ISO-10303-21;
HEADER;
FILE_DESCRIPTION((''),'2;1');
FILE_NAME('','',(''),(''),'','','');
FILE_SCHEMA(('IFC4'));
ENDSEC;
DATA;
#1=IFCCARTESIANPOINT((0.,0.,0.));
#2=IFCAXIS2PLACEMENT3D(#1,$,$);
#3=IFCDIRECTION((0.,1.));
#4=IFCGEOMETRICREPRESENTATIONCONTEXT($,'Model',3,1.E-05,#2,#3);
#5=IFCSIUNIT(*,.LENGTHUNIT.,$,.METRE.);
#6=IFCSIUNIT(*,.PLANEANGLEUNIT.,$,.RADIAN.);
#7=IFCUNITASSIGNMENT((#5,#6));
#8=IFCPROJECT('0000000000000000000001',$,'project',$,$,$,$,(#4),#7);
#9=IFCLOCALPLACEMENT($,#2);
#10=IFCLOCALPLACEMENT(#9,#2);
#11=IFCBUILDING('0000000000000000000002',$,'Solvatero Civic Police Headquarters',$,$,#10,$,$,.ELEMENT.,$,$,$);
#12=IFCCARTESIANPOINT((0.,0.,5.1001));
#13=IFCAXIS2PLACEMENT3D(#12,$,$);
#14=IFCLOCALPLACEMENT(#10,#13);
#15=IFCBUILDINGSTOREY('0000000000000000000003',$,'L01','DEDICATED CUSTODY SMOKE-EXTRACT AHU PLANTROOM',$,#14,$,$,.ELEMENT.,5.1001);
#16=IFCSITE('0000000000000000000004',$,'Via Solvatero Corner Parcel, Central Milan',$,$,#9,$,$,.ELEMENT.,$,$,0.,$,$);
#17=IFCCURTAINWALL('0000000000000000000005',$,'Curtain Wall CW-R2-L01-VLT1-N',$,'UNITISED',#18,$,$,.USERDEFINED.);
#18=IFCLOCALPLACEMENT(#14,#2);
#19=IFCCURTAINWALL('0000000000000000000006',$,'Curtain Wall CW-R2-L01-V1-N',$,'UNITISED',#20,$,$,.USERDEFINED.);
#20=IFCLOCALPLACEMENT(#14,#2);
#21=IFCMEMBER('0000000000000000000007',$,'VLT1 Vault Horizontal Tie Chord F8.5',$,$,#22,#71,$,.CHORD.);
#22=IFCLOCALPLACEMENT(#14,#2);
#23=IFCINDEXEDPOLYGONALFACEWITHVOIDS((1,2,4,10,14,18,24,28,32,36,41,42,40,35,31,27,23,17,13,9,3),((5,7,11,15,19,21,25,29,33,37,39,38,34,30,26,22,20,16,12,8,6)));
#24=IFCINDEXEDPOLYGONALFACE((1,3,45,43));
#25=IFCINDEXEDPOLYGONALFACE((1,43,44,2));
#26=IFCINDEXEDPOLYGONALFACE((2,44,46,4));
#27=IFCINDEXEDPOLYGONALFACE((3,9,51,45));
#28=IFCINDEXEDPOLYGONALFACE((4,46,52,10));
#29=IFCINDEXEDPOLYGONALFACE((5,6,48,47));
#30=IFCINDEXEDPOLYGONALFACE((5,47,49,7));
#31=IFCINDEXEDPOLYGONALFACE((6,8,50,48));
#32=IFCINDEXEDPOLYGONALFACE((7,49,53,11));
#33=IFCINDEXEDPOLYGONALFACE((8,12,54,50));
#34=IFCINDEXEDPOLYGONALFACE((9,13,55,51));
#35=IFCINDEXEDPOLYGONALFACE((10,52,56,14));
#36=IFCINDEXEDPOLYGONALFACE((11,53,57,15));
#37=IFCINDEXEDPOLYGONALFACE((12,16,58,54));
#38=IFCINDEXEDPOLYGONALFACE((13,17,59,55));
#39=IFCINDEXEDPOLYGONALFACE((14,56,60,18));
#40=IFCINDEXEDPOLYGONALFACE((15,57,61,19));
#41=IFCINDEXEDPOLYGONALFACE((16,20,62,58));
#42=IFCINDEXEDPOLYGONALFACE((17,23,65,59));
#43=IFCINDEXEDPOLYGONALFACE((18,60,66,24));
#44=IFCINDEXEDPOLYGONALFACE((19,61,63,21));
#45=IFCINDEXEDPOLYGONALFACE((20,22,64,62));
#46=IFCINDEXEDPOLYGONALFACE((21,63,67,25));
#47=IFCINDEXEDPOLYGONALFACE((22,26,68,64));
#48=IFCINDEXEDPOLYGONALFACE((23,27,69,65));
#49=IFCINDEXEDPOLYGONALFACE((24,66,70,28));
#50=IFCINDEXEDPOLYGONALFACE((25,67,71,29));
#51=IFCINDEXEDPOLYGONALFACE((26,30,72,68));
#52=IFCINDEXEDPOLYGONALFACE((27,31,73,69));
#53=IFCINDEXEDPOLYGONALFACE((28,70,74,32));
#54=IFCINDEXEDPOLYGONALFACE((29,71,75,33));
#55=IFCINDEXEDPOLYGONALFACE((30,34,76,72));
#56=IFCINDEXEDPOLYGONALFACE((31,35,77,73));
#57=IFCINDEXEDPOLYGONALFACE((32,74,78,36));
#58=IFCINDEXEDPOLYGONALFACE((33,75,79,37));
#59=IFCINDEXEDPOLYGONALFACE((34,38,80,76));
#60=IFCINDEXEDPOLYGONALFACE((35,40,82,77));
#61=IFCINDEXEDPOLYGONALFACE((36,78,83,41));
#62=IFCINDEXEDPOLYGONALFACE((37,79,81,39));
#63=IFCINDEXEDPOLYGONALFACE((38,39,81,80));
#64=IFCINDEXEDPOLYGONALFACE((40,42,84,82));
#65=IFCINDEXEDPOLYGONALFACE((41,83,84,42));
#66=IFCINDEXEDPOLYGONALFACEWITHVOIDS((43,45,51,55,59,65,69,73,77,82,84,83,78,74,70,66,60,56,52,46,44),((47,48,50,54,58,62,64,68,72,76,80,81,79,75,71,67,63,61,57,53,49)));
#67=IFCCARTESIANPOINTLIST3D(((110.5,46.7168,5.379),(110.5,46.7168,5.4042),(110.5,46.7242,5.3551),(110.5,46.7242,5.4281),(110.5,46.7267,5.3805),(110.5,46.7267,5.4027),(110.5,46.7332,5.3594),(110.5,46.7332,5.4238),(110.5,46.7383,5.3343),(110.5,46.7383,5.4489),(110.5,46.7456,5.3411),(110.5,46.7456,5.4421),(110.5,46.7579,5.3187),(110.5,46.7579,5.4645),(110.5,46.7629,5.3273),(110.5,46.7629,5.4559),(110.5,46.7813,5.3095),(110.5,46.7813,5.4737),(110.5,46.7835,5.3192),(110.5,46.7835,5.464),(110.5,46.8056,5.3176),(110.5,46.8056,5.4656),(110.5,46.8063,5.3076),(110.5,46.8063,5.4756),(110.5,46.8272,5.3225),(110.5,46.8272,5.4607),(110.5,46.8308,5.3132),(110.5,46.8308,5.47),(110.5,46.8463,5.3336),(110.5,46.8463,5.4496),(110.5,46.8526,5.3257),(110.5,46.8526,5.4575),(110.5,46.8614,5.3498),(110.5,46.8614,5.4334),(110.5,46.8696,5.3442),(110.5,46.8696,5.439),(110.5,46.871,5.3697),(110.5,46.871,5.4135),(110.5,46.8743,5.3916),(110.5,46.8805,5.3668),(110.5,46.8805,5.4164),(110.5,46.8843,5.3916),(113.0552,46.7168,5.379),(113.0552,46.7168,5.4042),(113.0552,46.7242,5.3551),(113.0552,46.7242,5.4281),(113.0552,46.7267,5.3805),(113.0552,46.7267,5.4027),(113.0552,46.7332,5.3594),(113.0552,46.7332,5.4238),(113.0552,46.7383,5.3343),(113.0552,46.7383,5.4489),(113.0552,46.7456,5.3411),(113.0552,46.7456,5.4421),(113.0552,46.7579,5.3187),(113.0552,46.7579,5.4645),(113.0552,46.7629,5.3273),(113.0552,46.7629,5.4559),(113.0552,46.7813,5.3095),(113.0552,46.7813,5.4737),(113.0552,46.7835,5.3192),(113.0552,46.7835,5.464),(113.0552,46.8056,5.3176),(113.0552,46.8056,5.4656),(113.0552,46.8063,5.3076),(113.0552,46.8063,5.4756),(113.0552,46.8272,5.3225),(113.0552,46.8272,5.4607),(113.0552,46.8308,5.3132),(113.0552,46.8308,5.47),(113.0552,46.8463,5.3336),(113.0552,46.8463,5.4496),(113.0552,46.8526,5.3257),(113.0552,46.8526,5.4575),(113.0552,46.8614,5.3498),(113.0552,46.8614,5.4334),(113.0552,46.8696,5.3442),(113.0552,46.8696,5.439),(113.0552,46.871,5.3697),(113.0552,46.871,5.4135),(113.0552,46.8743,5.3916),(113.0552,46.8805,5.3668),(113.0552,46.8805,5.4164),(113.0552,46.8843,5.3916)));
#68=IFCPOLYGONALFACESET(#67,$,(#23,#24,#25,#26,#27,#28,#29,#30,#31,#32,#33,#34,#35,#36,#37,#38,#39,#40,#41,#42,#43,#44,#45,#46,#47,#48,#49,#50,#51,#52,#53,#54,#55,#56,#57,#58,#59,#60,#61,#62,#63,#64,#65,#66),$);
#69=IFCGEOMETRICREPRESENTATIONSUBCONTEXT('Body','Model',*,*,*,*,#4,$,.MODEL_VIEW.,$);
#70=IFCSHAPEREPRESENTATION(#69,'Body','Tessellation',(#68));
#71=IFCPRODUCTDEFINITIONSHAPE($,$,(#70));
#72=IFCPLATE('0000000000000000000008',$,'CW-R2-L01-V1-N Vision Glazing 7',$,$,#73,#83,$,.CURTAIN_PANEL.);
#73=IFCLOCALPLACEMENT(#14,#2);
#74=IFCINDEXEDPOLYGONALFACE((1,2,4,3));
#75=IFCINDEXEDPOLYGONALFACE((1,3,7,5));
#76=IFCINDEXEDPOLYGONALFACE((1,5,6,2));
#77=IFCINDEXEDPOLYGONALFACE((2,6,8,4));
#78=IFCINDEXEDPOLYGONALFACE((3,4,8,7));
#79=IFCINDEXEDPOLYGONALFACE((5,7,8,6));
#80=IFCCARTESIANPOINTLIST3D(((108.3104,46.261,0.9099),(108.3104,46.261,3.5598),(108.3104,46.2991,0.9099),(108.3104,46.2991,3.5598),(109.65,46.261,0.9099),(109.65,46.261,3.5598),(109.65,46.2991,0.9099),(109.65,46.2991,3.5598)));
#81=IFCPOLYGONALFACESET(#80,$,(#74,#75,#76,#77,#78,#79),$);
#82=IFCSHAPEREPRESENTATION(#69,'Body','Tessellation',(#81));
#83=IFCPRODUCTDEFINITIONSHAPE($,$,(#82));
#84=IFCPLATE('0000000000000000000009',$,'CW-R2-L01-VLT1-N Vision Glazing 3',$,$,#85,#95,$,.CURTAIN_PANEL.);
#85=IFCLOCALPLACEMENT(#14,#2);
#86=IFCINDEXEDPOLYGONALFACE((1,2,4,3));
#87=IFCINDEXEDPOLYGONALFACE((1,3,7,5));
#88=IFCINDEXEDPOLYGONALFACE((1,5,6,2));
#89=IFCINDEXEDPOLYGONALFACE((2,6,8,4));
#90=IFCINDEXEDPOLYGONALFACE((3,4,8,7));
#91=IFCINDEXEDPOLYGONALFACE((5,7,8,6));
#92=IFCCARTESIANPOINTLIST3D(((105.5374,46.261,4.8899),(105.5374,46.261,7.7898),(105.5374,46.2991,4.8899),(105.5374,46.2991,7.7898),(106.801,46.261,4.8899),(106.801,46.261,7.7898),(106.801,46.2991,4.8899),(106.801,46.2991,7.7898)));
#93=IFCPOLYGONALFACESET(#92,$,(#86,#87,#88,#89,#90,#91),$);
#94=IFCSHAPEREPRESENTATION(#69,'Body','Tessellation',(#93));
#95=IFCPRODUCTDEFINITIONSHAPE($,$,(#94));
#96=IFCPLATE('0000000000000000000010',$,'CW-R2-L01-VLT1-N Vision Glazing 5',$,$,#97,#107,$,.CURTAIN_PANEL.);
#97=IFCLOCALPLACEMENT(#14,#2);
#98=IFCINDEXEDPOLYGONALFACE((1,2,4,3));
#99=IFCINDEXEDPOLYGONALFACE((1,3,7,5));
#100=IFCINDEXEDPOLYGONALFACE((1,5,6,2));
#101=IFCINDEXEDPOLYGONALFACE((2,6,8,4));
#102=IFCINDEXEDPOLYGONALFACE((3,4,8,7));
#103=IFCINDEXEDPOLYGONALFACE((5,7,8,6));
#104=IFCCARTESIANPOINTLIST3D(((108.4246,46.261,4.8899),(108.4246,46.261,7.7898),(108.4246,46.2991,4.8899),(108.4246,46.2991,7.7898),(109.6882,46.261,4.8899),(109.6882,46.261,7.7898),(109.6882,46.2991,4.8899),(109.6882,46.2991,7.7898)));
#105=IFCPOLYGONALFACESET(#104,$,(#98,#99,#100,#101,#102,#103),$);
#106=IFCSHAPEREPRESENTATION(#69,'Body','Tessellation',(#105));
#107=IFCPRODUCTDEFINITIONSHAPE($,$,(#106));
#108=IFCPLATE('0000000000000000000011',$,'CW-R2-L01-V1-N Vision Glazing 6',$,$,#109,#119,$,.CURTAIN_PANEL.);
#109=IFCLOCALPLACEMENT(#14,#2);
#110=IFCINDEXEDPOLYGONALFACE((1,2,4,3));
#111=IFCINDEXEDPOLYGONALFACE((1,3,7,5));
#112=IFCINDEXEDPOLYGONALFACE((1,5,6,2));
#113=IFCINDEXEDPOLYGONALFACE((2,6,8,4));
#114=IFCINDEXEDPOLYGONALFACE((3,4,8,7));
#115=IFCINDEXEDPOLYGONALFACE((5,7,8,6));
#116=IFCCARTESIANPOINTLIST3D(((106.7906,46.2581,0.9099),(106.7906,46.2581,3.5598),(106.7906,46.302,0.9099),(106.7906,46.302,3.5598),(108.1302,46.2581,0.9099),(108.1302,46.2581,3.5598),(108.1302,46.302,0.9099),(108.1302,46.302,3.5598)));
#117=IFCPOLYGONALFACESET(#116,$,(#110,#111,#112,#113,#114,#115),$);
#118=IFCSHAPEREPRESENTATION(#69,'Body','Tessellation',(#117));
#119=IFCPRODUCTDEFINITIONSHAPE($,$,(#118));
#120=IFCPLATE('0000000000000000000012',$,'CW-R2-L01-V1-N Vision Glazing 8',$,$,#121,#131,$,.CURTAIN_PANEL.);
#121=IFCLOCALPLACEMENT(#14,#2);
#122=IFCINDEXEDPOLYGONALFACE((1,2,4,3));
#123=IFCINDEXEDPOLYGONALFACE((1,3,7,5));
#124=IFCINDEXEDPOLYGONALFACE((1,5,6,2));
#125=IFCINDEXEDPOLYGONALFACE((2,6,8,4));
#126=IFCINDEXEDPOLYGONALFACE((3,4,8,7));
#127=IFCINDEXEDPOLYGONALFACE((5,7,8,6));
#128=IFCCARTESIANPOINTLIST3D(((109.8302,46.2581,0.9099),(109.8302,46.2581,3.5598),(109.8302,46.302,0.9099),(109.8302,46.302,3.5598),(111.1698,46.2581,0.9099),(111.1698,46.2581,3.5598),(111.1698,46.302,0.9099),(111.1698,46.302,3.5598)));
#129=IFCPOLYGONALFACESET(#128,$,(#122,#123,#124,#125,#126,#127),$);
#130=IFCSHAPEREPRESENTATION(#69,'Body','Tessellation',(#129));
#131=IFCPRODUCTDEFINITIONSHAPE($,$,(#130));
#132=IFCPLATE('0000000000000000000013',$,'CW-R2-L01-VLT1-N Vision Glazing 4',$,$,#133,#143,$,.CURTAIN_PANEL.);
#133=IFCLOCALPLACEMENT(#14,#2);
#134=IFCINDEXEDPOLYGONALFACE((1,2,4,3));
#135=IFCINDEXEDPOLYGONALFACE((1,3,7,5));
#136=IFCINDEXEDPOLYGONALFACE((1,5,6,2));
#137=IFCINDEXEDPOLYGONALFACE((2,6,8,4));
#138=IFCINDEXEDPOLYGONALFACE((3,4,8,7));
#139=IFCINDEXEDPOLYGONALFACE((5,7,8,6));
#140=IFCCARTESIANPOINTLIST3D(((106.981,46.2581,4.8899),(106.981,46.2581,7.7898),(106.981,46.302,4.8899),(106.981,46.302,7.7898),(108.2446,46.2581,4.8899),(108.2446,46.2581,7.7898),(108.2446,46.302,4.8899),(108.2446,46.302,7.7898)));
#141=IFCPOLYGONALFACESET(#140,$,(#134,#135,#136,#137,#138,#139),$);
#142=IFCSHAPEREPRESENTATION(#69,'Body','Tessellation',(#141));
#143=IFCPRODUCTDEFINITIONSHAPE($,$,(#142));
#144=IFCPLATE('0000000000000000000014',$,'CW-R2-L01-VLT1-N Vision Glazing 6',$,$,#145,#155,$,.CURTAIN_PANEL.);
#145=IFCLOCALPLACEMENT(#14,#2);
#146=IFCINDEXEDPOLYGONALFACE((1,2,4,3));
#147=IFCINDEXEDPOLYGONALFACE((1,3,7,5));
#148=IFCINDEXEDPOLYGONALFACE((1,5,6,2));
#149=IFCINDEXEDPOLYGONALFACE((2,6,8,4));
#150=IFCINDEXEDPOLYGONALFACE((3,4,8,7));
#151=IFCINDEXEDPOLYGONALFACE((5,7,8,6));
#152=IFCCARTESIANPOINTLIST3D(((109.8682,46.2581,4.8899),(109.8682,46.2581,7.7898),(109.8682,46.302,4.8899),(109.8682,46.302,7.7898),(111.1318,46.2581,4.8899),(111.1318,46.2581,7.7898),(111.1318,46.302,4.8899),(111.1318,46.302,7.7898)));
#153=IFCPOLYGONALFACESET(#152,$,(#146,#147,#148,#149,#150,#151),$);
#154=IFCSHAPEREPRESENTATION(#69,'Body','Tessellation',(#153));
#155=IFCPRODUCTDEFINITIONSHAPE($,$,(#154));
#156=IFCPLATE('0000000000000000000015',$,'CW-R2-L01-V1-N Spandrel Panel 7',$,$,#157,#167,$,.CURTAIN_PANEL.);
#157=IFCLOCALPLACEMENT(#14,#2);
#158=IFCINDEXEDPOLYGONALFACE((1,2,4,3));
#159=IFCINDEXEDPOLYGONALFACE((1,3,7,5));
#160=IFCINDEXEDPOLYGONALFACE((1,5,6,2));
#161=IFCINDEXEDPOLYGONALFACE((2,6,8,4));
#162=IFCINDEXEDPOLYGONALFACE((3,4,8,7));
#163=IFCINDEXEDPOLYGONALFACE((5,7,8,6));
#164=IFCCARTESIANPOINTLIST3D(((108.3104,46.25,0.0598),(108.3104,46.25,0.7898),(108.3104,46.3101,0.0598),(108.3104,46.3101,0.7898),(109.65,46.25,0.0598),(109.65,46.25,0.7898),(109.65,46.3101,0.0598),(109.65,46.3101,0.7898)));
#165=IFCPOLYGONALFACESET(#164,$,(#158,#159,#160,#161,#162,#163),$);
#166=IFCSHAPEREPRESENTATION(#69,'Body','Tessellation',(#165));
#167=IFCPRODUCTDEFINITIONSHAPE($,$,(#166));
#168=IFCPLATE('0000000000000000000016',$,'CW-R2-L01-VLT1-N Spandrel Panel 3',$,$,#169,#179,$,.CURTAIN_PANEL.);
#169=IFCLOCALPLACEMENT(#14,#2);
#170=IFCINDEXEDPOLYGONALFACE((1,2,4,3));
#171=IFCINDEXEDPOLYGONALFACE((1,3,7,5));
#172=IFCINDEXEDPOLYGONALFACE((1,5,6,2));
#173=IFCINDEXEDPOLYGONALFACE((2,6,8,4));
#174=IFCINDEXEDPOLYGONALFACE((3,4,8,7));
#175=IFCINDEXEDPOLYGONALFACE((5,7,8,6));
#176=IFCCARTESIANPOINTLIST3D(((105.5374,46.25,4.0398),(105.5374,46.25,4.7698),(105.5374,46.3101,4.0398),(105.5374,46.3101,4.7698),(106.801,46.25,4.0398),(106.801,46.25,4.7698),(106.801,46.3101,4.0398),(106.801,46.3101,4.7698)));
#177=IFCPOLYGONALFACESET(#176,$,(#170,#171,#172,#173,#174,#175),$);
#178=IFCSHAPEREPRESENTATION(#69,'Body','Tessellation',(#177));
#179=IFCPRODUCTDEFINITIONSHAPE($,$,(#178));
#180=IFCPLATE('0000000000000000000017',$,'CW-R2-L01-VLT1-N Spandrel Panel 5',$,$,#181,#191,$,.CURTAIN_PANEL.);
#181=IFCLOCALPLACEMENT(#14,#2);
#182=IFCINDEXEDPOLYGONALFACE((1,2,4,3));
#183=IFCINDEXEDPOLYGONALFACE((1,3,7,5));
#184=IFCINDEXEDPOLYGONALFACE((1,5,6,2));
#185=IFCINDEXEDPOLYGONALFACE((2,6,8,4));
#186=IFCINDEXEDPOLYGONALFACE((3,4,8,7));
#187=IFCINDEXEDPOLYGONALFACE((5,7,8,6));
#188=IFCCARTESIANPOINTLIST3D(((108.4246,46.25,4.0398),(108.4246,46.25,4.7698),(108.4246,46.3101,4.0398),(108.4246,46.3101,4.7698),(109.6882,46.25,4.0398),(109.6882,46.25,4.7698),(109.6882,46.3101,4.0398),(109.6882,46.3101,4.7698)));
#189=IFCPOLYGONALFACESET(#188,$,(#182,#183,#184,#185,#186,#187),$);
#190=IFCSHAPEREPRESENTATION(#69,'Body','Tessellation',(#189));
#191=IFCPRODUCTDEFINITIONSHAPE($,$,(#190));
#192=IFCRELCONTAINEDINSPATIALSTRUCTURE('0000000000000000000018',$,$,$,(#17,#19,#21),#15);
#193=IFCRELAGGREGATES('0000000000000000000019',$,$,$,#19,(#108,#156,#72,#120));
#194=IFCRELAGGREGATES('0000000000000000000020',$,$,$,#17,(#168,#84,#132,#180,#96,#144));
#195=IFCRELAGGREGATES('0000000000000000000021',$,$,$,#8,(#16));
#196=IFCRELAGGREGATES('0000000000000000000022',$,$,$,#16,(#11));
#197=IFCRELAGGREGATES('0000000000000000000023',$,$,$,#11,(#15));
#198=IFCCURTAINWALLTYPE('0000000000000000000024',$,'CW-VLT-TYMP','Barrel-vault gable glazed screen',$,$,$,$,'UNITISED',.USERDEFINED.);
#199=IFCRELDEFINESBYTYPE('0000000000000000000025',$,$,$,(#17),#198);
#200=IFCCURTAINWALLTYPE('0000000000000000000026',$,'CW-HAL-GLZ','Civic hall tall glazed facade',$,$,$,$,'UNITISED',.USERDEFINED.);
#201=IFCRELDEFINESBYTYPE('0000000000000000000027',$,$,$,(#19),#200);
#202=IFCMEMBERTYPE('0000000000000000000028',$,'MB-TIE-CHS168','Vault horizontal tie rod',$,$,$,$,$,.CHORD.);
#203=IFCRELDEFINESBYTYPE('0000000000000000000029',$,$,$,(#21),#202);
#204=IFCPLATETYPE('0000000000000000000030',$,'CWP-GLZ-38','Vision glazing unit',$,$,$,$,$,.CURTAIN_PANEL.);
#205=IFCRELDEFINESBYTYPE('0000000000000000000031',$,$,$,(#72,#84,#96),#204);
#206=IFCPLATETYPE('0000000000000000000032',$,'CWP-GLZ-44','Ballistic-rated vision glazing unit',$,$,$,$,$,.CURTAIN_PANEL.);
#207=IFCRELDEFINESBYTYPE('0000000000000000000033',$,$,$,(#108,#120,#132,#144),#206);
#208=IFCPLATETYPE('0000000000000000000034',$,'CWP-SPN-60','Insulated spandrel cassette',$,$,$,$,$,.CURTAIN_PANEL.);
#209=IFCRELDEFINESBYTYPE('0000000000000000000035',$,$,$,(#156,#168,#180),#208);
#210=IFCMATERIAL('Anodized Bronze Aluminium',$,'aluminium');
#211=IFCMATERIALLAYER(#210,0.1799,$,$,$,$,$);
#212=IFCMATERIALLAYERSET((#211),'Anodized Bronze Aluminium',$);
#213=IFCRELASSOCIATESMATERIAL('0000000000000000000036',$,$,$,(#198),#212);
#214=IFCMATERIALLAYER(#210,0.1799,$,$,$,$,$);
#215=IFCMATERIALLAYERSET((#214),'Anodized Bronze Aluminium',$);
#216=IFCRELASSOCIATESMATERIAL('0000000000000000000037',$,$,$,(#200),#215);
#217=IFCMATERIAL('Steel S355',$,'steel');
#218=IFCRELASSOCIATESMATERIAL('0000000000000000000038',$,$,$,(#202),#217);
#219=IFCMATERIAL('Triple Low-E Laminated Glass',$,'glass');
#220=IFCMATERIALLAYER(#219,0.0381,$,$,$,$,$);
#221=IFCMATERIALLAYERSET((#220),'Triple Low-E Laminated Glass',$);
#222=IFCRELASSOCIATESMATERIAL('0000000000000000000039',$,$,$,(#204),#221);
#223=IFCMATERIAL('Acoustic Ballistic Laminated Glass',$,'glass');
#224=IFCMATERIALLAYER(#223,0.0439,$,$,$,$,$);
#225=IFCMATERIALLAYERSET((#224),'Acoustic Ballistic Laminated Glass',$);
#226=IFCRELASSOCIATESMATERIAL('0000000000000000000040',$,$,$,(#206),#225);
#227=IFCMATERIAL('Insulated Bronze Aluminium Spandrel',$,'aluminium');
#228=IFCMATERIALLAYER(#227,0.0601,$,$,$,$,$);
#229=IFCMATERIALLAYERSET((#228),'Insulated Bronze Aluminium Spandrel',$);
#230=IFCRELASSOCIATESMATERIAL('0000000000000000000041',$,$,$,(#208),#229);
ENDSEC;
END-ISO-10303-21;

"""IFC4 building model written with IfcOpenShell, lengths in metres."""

from ifc_helpers import new_model, si_unit, direction, frame, origin, origin_2d, place, context, subcontext, project, spatial, rectangle, hollow_circle, extrude, material, layer, layer_set, material_profile, profile_set, type_object, element, aggregate, save


model = new_model("IFC4")

# Units and contexts
model_context = context("Model", 3, precision=1e-05, world=origin(), true_north=direction((0.0, 1.0)))
body_context = subcontext(model_context, "Body", "Model", "MODEL_VIEW")
ifc_project = project(units=[si_unit("LENGTHUNIT", "METRE"), si_unit("PLANEANGLEUNIT", "RADIAN")], contexts=[model_context])

# Site, building, storey
site_placement = place(None, origin())
site = spatial("IfcSite", under=ifc_project, at=site_placement, Name="Via Solvatero Corner Parcel, Central Milan", CompositionType="ELEMENT", RefElevation=0.0)
building_placement = place(site_placement, origin())
building = spatial("IfcBuilding", under=site, at=building_placement, Name="Solvatero Civic Police Headquarters", CompositionType="ELEMENT")
storey_placement = place(building_placement, frame((0.0, 0.0, 5.1001)))
storey = spatial("IfcBuildingStorey", under=building, at=storey_placement, Name="L01", Description="DEDICATED CUSTODY SMOKE-EXTRACT AHU PLANTROOM", CompositionType="ELEMENT", Elevation=5.1001)

# Shared definitions
ifc_material_1 = material(Name="Steel S355", Category="steel")

# Curtain walls
ifc_material_2 = material(Name="Anodized Bronze Aluminium", Category="aluminium")
ifc_layer_1 = layer(ifc_material_2, 0.1799)
ifc_layer_set_1 = layer_set([ifc_layer_1], Name="Anodized Bronze Aluminium")
curtain_wall_type_1 = type_object("IfcCurtainWallType", Name="CW-VLT-TYMP", Description="Barrel-vault gable glazed screen", ElementType="UNITISED", PredefinedType="USERDEFINED", material=ifc_layer_set_1)
curtain_wall_1_placement = place(storey_placement, origin())
curtain_wall_1 = element("IfcCurtainWall", 1, at=curtain_wall_1_placement, inside=storey, type_object=curtain_wall_type_1, Name="Curtain Wall CW-R2-L01-VLT1-N", ObjectType="UNITISED", PredefinedType="USERDEFINED")
ifc_layer_2 = layer(ifc_material_2, 0.1799)
ifc_layer_set_2 = layer_set([ifc_layer_2], Name="Anodized Bronze Aluminium")
curtain_wall_type_2 = type_object("IfcCurtainWallType", Name="CW-HAL-GLZ", Description="Civic hall tall glazed facade", ElementType="UNITISED", PredefinedType="USERDEFINED", material=ifc_layer_set_2)
curtain_wall_2_placement = place(storey_placement, origin())
curtain_wall_2 = element("IfcCurtainWall", 2, at=curtain_wall_2_placement, inside=storey, type_object=curtain_wall_type_2, Name="Curtain Wall CW-R2-L01-V1-N", ObjectType="UNITISED", PredefinedType="USERDEFINED")

# Member
ifc_material_profile_1 = material_profile(ifc_material_1, hollow_circle(Radius=0.0842, WallThickness=0.01, at=origin_2d()), Name="CHS 168.3x10.0")
ifc_profile_set_1 = profile_set([ifc_material_profile_1], Name="Steel S355")
member_type_1 = type_object("IfcMemberType", Name="MB-TIE-CHS168", Description="Vault horizontal tie rod", PredefinedType="CHORD", material=ifc_profile_set_1)
for number, where, z_axis, x_axis, name in (
    (3, (110.5, 46.8, 5.3916), (1.0, 0.0, 0.0), (0.0, 1.0, 0.0), "VLT1 Vault Horizontal Tie Chord F8.5"),
):
    element("IfcMember", number, at=place(storey_placement, frame(where, z_axis=z_axis, x_axis=x_axis)), inside=storey, type_object=member_type_1, Name=name, PredefinedType="CHORD", context=body_context, shape_type="SweptSolid", body=[
        extrude(hollow_circle(Radius=0.0842, WallThickness=0.01, at=origin_2d()), origin(), (0.0, 0.0, 1.0), 2.5552),
    ])

# Plates
ifc_material_3 = material(Name="Triple Low-E Laminated Glass", Category="glass")
ifc_layer_3 = layer(ifc_material_3, 0.0381)
ifc_layer_set_3 = layer_set([ifc_layer_3], Name="Triple Low-E Laminated Glass")
plate_type_1 = type_object("IfcPlateType", Name="CWP-GLZ-38", Description="Vision glazing unit", PredefinedType="CURTAIN_PANEL", material=ifc_layer_set_3)
plate_1_placement = place(storey_placement, frame((108.9802, 46.28, 0.9099), z_axis=(0.0, 0.0, 1.0), x_axis=(1.0, 0.0, 0.0)))
plate_1 = element("IfcPlate", 4, at=plate_1_placement, type_object=plate_type_1, Name="CW-R2-L01-V1-N Vision Glazing 7", PredefinedType="CURTAIN_PANEL", context=body_context, shape_type="SweptSolid", body=[
    extrude(rectangle(XDim=1.3396, YDim=0.0381, at=origin_2d()), origin(), (0.0, 0.0, 1.0), 2.6499),
])
plate_2_placement = place(storey_placement, frame((106.1692, 46.28, 4.8899), z_axis=(0.0, 0.0, 1.0), x_axis=(1.0, 0.0, 0.0)))
plate_2 = element("IfcPlate", 5, at=plate_2_placement, type_object=plate_type_1, Name="CW-R2-L01-VLT1-N Vision Glazing 3", PredefinedType="CURTAIN_PANEL", context=body_context, shape_type="SweptSolid", body=[
    extrude(rectangle(XDim=1.2637, YDim=0.0381, at=origin_2d()), origin(), (0.0, 0.0, 1.0), 2.8999),
])
plate_3_placement = place(storey_placement, frame((109.0564, 46.28, 4.8899), z_axis=(0.0, 0.0, 1.0), x_axis=(1.0, 0.0, 0.0)))
plate_3 = element("IfcPlate", 6, at=plate_3_placement, type_object=plate_type_1, Name="CW-R2-L01-VLT1-N Vision Glazing 5", PredefinedType="CURTAIN_PANEL", context=body_context, shape_type="SweptSolid", body=[
    extrude(rectangle(XDim=1.2637, YDim=0.0381, at=origin_2d()), origin(), (0.0, 0.0, 1.0), 2.8999),
])
ifc_material_4 = material(Name="Acoustic Ballistic Laminated Glass", Category="glass")
ifc_layer_4 = layer(ifc_material_4, 0.0439)
ifc_layer_set_4 = layer_set([ifc_layer_4], Name="Acoustic Ballistic Laminated Glass")
plate_type_2 = type_object("IfcPlateType", Name="CWP-GLZ-44", Description="Ballistic-rated vision glazing unit", PredefinedType="CURTAIN_PANEL", material=ifc_layer_set_4)
plate_4_placement = place(storey_placement, frame((107.4604, 46.28, 0.9099), z_axis=(0.0, 0.0, 1.0), x_axis=(1.0, 0.0, 0.0)))
plate_4 = element("IfcPlate", 7, at=plate_4_placement, type_object=plate_type_2, Name="CW-R2-L01-V1-N Vision Glazing 6", PredefinedType="CURTAIN_PANEL", context=body_context, shape_type="SweptSolid", body=[
    extrude(rectangle(XDim=1.3396, YDim=0.0439, at=origin_2d()), origin(), (0.0, 0.0, 1.0), 2.6499),
])
plate_5_placement = place(storey_placement, frame((110.5, 46.28, 0.9099), z_axis=(0.0, 0.0, 1.0), x_axis=(1.0, 0.0, 0.0)))
plate_5 = element("IfcPlate", 8, at=plate_5_placement, type_object=plate_type_2, Name="CW-R2-L01-V1-N Vision Glazing 8", PredefinedType="CURTAIN_PANEL", context=body_context, shape_type="SweptSolid", body=[
    extrude(rectangle(XDim=1.3396, YDim=0.0439, at=origin_2d()), origin(), (0.0, 0.0, 1.0), 2.6499),
])
plate_6_placement = place(storey_placement, frame((107.6128, 46.28, 4.8899), z_axis=(0.0, 0.0, 1.0), x_axis=(1.0, 0.0, 0.0)))
plate_6 = element("IfcPlate", 9, at=plate_6_placement, type_object=plate_type_2, Name="CW-R2-L01-VLT1-N Vision Glazing 4", PredefinedType="CURTAIN_PANEL", context=body_context, shape_type="SweptSolid", body=[
    extrude(rectangle(XDim=1.2637, YDim=0.0439, at=origin_2d()), origin(), (0.0, 0.0, 1.0), 2.8999),
])
plate_7_placement = place(storey_placement, frame((110.5, 46.28, 4.8899), z_axis=(0.0, 0.0, 1.0), x_axis=(1.0, 0.0, 0.0)))
plate_7 = element("IfcPlate", 10, at=plate_7_placement, type_object=plate_type_2, Name="CW-R2-L01-VLT1-N Vision Glazing 6", PredefinedType="CURTAIN_PANEL", context=body_context, shape_type="SweptSolid", body=[
    extrude(rectangle(XDim=1.2637, YDim=0.0439, at=origin_2d()), origin(), (0.0, 0.0, 1.0), 2.8999),
])
ifc_material_5 = material(Name="Insulated Bronze Aluminium Spandrel", Category="aluminium")
ifc_layer_5 = layer(ifc_material_5, 0.0601)
ifc_layer_set_5 = layer_set([ifc_layer_5], Name="Insulated Bronze Aluminium Spandrel")
plate_type_3 = type_object("IfcPlateType", Name="CWP-SPN-60", Description="Insulated spandrel cassette", PredefinedType="CURTAIN_PANEL", material=ifc_layer_set_5)
plate_8_placement = place(storey_placement, frame((108.9802, 46.28, 0.0598), z_axis=(0.0, 0.0, 1.0), x_axis=(1.0, 0.0, 0.0)))
plate_8 = element("IfcPlate", 11, at=plate_8_placement, type_object=plate_type_3, Name="CW-R2-L01-V1-N Spandrel Panel 7", PredefinedType="CURTAIN_PANEL", context=body_context, shape_type="SweptSolid", body=[
    extrude(rectangle(XDim=1.3396, YDim=0.0601, at=origin_2d()), origin(), (0.0, 0.0, 1.0), 0.73),
])
plate_9_placement = place(storey_placement, frame((106.1692, 46.28, 4.0398), z_axis=(0.0, 0.0, 1.0), x_axis=(1.0, 0.0, 0.0)))
plate_9 = element("IfcPlate", 12, at=plate_9_placement, type_object=plate_type_3, Name="CW-R2-L01-VLT1-N Spandrel Panel 3", PredefinedType="CURTAIN_PANEL", context=body_context, shape_type="SweptSolid", body=[
    extrude(rectangle(XDim=1.2637, YDim=0.0601, at=origin_2d()), origin(), (0.0, 0.0, 1.0), 0.73),
])
plate_10_placement = place(storey_placement, frame((109.0564, 46.28, 4.0398), z_axis=(0.0, 0.0, 1.0), x_axis=(1.0, 0.0, 0.0)))
plate_10 = element("IfcPlate", 13, at=plate_10_placement, type_object=plate_type_3, Name="CW-R2-L01-VLT1-N Spandrel Panel 5", PredefinedType="CURTAIN_PANEL", context=body_context, shape_type="SweptSolid", body=[
    extrude(rectangle(XDim=1.2637, YDim=0.0601, at=origin_2d()), origin(), (0.0, 0.0, 1.0), 0.73),
])
aggregate(curtain_wall_2, [plate_4, plate_8, plate_1, plate_5])
aggregate(curtain_wall_1, [plate_9, plate_2, plate_6, plate_10, plate_3, plate_7])

save(model, "model.ifc")
